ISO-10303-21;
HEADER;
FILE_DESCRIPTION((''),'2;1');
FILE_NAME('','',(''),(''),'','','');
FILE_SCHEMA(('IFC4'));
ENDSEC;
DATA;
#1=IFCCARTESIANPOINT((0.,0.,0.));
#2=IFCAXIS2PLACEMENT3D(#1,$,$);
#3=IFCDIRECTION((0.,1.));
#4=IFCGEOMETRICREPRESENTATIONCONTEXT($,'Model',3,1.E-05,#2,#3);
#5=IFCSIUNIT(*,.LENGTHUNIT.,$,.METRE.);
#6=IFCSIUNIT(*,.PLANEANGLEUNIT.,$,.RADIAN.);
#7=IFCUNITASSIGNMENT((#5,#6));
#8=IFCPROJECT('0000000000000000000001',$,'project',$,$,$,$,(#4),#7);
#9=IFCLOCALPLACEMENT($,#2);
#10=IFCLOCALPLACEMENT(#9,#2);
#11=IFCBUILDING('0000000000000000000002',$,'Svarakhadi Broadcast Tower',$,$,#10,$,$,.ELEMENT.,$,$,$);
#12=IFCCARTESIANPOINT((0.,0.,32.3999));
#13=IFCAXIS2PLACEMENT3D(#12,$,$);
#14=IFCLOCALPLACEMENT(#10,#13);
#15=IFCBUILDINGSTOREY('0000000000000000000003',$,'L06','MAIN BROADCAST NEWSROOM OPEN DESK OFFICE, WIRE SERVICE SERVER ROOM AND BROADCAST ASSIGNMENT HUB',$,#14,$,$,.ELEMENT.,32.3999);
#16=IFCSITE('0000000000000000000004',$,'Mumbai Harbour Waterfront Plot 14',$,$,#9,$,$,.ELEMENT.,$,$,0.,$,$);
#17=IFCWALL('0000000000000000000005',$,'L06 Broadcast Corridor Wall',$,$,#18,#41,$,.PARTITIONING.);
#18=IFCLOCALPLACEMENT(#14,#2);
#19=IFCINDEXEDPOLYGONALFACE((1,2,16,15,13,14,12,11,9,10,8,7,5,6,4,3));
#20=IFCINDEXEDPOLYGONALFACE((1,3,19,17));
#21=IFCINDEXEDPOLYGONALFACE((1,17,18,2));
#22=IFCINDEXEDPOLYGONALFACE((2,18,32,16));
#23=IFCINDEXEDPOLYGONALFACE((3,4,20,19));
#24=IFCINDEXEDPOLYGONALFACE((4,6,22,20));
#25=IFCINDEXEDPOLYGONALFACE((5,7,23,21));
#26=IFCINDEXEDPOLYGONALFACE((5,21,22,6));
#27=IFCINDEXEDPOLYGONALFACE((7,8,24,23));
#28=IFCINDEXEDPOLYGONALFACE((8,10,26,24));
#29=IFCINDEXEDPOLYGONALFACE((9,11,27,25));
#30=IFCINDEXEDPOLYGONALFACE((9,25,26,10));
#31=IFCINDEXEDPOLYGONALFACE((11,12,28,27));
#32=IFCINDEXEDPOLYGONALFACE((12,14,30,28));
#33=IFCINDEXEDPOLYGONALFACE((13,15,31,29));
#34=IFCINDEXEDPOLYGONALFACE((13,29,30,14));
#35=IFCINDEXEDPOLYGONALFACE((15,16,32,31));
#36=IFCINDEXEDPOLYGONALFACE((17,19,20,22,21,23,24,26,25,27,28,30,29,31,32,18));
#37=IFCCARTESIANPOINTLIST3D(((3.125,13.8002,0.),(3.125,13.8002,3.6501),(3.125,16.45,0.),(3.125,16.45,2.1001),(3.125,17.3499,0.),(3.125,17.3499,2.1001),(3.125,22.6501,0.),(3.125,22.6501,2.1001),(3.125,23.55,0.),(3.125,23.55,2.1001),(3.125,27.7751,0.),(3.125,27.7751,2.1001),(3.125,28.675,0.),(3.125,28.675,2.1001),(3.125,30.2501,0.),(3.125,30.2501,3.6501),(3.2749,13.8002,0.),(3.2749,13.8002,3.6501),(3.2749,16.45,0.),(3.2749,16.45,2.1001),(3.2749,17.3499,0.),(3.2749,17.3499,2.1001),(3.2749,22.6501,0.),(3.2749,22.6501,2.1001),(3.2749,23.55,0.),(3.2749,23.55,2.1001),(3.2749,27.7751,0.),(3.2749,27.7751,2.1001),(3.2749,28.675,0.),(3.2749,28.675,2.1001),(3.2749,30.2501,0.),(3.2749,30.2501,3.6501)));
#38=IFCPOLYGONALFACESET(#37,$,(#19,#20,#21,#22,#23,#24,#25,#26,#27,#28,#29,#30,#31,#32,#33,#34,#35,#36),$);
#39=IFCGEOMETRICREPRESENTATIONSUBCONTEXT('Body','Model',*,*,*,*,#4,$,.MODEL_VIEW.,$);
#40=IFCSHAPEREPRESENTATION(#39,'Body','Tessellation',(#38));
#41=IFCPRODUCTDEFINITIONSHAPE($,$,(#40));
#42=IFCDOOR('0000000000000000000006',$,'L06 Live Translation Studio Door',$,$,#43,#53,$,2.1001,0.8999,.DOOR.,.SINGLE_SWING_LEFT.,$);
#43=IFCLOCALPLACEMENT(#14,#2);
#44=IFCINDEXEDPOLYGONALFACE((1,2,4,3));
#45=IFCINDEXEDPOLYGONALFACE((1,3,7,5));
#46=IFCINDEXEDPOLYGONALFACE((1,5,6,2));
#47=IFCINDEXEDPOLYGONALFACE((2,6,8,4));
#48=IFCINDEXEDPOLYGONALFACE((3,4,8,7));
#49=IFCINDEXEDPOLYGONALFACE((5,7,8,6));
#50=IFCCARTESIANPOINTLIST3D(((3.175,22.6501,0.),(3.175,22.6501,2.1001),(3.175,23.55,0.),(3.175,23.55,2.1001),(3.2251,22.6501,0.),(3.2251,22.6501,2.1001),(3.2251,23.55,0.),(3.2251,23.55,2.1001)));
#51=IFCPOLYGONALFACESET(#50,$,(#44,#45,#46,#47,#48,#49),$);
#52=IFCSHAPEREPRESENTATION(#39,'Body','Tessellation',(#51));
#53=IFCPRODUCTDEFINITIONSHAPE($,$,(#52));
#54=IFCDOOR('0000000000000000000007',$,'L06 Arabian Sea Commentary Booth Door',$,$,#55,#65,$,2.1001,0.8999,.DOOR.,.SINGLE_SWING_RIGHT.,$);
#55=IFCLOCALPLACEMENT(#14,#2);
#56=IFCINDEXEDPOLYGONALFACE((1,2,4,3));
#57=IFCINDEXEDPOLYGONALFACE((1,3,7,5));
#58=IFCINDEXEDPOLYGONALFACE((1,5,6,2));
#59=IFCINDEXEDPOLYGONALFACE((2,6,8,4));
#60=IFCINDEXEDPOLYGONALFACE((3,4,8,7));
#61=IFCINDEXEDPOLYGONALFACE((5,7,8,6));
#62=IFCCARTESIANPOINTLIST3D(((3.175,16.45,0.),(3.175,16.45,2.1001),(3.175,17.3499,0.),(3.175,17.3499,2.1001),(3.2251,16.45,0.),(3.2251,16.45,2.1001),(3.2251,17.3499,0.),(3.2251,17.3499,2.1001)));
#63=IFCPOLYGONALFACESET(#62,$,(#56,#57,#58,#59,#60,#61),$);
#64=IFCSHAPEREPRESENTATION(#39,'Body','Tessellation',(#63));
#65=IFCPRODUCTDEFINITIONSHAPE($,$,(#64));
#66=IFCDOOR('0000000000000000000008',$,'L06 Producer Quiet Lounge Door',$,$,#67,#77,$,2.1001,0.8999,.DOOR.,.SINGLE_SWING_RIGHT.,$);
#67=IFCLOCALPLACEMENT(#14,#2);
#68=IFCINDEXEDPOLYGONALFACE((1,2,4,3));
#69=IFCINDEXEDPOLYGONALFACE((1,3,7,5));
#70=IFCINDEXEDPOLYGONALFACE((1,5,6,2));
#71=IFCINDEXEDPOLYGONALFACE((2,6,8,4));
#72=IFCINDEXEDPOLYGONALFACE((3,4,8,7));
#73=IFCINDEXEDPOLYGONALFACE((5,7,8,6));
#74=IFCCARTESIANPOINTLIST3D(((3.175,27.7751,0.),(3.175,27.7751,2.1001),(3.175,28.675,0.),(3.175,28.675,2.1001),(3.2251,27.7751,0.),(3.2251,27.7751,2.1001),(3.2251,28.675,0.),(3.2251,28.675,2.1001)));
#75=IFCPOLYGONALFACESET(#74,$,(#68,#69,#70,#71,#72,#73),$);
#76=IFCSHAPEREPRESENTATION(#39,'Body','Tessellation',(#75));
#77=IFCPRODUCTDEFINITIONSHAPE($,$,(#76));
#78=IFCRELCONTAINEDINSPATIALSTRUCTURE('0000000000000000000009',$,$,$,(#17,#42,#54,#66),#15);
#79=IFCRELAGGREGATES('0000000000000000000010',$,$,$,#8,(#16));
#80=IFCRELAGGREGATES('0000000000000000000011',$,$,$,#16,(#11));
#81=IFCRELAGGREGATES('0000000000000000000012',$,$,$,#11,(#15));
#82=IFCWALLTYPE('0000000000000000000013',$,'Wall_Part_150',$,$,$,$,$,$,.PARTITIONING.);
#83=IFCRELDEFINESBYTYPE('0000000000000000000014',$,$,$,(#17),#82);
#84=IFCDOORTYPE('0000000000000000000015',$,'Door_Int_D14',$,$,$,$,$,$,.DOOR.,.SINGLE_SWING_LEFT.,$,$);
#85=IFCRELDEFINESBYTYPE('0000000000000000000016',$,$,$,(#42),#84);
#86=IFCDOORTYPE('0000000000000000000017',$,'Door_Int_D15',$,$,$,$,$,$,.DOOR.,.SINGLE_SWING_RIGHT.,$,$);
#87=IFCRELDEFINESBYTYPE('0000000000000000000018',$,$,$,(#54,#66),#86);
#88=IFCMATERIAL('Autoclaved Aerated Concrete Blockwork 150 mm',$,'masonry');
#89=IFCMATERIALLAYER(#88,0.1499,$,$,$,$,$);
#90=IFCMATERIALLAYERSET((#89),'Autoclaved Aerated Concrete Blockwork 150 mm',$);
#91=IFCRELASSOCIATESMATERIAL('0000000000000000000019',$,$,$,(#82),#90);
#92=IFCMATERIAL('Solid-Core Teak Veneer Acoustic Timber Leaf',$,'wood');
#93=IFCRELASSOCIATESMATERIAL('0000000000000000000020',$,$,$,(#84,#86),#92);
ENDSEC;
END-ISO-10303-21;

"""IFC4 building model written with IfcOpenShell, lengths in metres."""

from ifc_helpers import new_model, si_unit, direction, frame, frame_2d, origin, place, context, subcontext, project, spatial, rectangle, extrude, material, layer, layer_set, type_object, element, fill, save


model = new_model("IFC4")

# Units and contexts
model_context = context("Model", 3, precision=1e-05, world=origin(), true_north=direction((0.0, 1.0)))
body_context = subcontext(model_context, "Body", "Model", "MODEL_VIEW")
ifc_project = project(units=[si_unit("LENGTHUNIT", "METRE"), si_unit("PLANEANGLEUNIT", "RADIAN")], contexts=[model_context])

# Site, building, storey
site_placement = place(None, origin())
site = spatial("IfcSite", under=ifc_project, at=site_placement, Name="Mumbai Harbour Waterfront Plot 14", CompositionType="ELEMENT", RefElevation=0.0)
building_placement = place(site_placement, origin())
building = spatial("IfcBuilding", under=site, at=building_placement, Name="Svarakhadi Broadcast Tower", CompositionType="ELEMENT")
storey_placement = place(building_placement, frame((0.0, 0.0, 32.3999)))
storey = spatial("IfcBuildingStorey", under=building, at=storey_placement, Name="L06", Description="MAIN BROADCAST NEWSROOM OPEN DESK OFFICE, WIRE SERVICE SERVER ROOM AND BROADCAST ASSIGNMENT HUB", CompositionType="ELEMENT", Elevation=32.3999)

# Wall, openings, doors
ifc_material_1 = material(Name="Autoclaved Aerated Concrete Blockwork 150 mm", Category="masonry")
ifc_layer_1 = layer(ifc_material_1, 0.1499)
ifc_layer_set_1 = layer_set([ifc_layer_1], Name="Autoclaved Aerated Concrete Blockwork 150 mm")
wall_type_1 = type_object("IfcWallType", Name="Wall_Part_150", PredefinedType="PARTITIONING", material=ifc_layer_set_1)
wall_1_placement = place(storey_placement, frame((3.2, 13.8, 0.0), z_axis=(0.0, 0.0, 1.0), x_axis=(0.0, 1.0, 0.0)))
wall_1 = element("IfcWall", 1, at=wall_1_placement, inside=storey, type_object=wall_type_1, Name="L06 Broadcast Corridor Wall", PredefinedType="PARTITIONING", context=body_context, shape_type="SweptSolid", body=[
    extrude(rectangle(XDim=16.45, YDim=0.1499, at=frame_2d((8.2251, 0.0))), origin(), (0.0, 0.0, 1.0), 3.6501),
])
opening_1_placement = place(wall_1_placement, frame((2.6499, 0.0, 0.0)))
opening_1 = element("IfcOpeningElement", 2, at=opening_1_placement, cuts=wall_1, PredefinedType="OPENING", context=body_context, shape_type="SweptSolid", body=[
    extrude(rectangle(XDim=0.8999, YDim=2.1001, at=frame_2d((0.45, 1.05))), frame((0.0, 0.085, 0.0), z_axis=(0.0, -1.0, 0.0), x_axis=(1.0, 0.0, 0.0)), (0.0, 0.0, 1.0), 0.1699),
])
opening_2_placement = place(wall_1_placement, frame((8.8501, 0.0, 0.0)))
opening_2 = element("IfcOpeningElement", 3, at=opening_2_placement, cuts=wall_1, PredefinedType="OPENING", context=body_context, shape_type="SweptSolid", body=[
    extrude(rectangle(XDim=0.8999, YDim=2.1001, at=frame_2d((0.45, 1.05))), frame((0.0, 0.085, 0.0), z_axis=(0.0, -1.0, 0.0), x_axis=(1.0, 0.0, 0.0)), (0.0, 0.0, 1.0), 0.1699),
])
opening_3_placement = place(wall_1_placement, frame((13.9751, 0.0, 0.0)))
opening_3 = element("IfcOpeningElement", 4, at=opening_3_placement, cuts=wall_1, PredefinedType="OPENING", context=body_context, shape_type="SweptSolid", body=[
    extrude(rectangle(XDim=0.8999, YDim=2.1001, at=frame_2d((0.45, 1.05))), frame((0.0, 0.085, 0.0), z_axis=(0.0, -1.0, 0.0), x_axis=(1.0, 0.0, 0.0)), (0.0, 0.0, 1.0), 0.1699),
])
ifc_material_2 = material(Name="Solid-Core Teak Veneer Acoustic Timber Leaf", Category="wood")
door_type_1 = type_object("IfcDoorType", Name="Door_Int_D14", OperationType="SINGLE_SWING_LEFT", PredefinedType="DOOR", material=ifc_material_2)
door_1_placement = place(opening_2_placement, origin())
door_1 = element("IfcDoor", 5, at=door_1_placement, inside=storey, type_object=door_type_1, Name="L06 Live Translation Studio Door", OperationType="SINGLE_SWING_LEFT", OverallHeight=2.1001, OverallWidth=0.8999, PredefinedType="DOOR", context=body_context, shape_type="SweptSolid", body=[
    extrude(rectangle(XDim=0.8999, YDim=2.1001, at=frame_2d((0.45, 1.05))), frame((0.0, 0.0249, 0.0), z_axis=(0.0, -1.0, 0.0), x_axis=(1.0, 0.0, 0.0)), (0.0, 0.0, 1.0), 0.05),
])
fill(opening_2, door_1)
door_type_2 = type_object("IfcDoorType", Name="Door_Int_D15", OperationType="SINGLE_SWING_RIGHT", PredefinedType="DOOR", material=ifc_material_2)
door_2_placement = place(opening_1_placement, origin())
door_2 = element("IfcDoor", 6, at=door_2_placement, inside=storey, type_object=door_type_2, Name="L06 Arabian Sea Commentary Booth Door", OperationType="SINGLE_SWING_RIGHT", OverallHeight=2.1001, OverallWidth=0.8999, PredefinedType="DOOR", context=body_context, shape_type="SweptSolid", body=[
    extrude(rectangle(XDim=0.8999, YDim=2.1001, at=frame_2d((0.45, 1.05))), frame((0.0, 0.0249, 0.0), z_axis=(0.0, -1.0, 0.0), x_axis=(1.0, 0.0, 0.0)), (0.0, 0.0, 1.0), 0.05),
])
fill(opening_1, door_2)
door_3_placement = place(opening_3_placement, origin())
door_3 = element("IfcDoor", 7, at=door_3_placement, inside=storey, type_object=door_type_2, Name="L06 Producer Quiet Lounge Door", OperationType="SINGLE_SWING_RIGHT", OverallHeight=2.1001, OverallWidth=0.8999, PredefinedType="DOOR", context=body_context, shape_type="SweptSolid", body=[
    extrude(rectangle(XDim=0.8999, YDim=2.1001, at=frame_2d((0.45, 1.05))), frame((0.0, 0.0249, 0.0), z_axis=(0.0, -1.0, 0.0), x_axis=(1.0, 0.0, 0.0)), (0.0, 0.0, 1.0), 0.05),
])
fill(opening_3, door_3)

save(model, "model.ifc")
